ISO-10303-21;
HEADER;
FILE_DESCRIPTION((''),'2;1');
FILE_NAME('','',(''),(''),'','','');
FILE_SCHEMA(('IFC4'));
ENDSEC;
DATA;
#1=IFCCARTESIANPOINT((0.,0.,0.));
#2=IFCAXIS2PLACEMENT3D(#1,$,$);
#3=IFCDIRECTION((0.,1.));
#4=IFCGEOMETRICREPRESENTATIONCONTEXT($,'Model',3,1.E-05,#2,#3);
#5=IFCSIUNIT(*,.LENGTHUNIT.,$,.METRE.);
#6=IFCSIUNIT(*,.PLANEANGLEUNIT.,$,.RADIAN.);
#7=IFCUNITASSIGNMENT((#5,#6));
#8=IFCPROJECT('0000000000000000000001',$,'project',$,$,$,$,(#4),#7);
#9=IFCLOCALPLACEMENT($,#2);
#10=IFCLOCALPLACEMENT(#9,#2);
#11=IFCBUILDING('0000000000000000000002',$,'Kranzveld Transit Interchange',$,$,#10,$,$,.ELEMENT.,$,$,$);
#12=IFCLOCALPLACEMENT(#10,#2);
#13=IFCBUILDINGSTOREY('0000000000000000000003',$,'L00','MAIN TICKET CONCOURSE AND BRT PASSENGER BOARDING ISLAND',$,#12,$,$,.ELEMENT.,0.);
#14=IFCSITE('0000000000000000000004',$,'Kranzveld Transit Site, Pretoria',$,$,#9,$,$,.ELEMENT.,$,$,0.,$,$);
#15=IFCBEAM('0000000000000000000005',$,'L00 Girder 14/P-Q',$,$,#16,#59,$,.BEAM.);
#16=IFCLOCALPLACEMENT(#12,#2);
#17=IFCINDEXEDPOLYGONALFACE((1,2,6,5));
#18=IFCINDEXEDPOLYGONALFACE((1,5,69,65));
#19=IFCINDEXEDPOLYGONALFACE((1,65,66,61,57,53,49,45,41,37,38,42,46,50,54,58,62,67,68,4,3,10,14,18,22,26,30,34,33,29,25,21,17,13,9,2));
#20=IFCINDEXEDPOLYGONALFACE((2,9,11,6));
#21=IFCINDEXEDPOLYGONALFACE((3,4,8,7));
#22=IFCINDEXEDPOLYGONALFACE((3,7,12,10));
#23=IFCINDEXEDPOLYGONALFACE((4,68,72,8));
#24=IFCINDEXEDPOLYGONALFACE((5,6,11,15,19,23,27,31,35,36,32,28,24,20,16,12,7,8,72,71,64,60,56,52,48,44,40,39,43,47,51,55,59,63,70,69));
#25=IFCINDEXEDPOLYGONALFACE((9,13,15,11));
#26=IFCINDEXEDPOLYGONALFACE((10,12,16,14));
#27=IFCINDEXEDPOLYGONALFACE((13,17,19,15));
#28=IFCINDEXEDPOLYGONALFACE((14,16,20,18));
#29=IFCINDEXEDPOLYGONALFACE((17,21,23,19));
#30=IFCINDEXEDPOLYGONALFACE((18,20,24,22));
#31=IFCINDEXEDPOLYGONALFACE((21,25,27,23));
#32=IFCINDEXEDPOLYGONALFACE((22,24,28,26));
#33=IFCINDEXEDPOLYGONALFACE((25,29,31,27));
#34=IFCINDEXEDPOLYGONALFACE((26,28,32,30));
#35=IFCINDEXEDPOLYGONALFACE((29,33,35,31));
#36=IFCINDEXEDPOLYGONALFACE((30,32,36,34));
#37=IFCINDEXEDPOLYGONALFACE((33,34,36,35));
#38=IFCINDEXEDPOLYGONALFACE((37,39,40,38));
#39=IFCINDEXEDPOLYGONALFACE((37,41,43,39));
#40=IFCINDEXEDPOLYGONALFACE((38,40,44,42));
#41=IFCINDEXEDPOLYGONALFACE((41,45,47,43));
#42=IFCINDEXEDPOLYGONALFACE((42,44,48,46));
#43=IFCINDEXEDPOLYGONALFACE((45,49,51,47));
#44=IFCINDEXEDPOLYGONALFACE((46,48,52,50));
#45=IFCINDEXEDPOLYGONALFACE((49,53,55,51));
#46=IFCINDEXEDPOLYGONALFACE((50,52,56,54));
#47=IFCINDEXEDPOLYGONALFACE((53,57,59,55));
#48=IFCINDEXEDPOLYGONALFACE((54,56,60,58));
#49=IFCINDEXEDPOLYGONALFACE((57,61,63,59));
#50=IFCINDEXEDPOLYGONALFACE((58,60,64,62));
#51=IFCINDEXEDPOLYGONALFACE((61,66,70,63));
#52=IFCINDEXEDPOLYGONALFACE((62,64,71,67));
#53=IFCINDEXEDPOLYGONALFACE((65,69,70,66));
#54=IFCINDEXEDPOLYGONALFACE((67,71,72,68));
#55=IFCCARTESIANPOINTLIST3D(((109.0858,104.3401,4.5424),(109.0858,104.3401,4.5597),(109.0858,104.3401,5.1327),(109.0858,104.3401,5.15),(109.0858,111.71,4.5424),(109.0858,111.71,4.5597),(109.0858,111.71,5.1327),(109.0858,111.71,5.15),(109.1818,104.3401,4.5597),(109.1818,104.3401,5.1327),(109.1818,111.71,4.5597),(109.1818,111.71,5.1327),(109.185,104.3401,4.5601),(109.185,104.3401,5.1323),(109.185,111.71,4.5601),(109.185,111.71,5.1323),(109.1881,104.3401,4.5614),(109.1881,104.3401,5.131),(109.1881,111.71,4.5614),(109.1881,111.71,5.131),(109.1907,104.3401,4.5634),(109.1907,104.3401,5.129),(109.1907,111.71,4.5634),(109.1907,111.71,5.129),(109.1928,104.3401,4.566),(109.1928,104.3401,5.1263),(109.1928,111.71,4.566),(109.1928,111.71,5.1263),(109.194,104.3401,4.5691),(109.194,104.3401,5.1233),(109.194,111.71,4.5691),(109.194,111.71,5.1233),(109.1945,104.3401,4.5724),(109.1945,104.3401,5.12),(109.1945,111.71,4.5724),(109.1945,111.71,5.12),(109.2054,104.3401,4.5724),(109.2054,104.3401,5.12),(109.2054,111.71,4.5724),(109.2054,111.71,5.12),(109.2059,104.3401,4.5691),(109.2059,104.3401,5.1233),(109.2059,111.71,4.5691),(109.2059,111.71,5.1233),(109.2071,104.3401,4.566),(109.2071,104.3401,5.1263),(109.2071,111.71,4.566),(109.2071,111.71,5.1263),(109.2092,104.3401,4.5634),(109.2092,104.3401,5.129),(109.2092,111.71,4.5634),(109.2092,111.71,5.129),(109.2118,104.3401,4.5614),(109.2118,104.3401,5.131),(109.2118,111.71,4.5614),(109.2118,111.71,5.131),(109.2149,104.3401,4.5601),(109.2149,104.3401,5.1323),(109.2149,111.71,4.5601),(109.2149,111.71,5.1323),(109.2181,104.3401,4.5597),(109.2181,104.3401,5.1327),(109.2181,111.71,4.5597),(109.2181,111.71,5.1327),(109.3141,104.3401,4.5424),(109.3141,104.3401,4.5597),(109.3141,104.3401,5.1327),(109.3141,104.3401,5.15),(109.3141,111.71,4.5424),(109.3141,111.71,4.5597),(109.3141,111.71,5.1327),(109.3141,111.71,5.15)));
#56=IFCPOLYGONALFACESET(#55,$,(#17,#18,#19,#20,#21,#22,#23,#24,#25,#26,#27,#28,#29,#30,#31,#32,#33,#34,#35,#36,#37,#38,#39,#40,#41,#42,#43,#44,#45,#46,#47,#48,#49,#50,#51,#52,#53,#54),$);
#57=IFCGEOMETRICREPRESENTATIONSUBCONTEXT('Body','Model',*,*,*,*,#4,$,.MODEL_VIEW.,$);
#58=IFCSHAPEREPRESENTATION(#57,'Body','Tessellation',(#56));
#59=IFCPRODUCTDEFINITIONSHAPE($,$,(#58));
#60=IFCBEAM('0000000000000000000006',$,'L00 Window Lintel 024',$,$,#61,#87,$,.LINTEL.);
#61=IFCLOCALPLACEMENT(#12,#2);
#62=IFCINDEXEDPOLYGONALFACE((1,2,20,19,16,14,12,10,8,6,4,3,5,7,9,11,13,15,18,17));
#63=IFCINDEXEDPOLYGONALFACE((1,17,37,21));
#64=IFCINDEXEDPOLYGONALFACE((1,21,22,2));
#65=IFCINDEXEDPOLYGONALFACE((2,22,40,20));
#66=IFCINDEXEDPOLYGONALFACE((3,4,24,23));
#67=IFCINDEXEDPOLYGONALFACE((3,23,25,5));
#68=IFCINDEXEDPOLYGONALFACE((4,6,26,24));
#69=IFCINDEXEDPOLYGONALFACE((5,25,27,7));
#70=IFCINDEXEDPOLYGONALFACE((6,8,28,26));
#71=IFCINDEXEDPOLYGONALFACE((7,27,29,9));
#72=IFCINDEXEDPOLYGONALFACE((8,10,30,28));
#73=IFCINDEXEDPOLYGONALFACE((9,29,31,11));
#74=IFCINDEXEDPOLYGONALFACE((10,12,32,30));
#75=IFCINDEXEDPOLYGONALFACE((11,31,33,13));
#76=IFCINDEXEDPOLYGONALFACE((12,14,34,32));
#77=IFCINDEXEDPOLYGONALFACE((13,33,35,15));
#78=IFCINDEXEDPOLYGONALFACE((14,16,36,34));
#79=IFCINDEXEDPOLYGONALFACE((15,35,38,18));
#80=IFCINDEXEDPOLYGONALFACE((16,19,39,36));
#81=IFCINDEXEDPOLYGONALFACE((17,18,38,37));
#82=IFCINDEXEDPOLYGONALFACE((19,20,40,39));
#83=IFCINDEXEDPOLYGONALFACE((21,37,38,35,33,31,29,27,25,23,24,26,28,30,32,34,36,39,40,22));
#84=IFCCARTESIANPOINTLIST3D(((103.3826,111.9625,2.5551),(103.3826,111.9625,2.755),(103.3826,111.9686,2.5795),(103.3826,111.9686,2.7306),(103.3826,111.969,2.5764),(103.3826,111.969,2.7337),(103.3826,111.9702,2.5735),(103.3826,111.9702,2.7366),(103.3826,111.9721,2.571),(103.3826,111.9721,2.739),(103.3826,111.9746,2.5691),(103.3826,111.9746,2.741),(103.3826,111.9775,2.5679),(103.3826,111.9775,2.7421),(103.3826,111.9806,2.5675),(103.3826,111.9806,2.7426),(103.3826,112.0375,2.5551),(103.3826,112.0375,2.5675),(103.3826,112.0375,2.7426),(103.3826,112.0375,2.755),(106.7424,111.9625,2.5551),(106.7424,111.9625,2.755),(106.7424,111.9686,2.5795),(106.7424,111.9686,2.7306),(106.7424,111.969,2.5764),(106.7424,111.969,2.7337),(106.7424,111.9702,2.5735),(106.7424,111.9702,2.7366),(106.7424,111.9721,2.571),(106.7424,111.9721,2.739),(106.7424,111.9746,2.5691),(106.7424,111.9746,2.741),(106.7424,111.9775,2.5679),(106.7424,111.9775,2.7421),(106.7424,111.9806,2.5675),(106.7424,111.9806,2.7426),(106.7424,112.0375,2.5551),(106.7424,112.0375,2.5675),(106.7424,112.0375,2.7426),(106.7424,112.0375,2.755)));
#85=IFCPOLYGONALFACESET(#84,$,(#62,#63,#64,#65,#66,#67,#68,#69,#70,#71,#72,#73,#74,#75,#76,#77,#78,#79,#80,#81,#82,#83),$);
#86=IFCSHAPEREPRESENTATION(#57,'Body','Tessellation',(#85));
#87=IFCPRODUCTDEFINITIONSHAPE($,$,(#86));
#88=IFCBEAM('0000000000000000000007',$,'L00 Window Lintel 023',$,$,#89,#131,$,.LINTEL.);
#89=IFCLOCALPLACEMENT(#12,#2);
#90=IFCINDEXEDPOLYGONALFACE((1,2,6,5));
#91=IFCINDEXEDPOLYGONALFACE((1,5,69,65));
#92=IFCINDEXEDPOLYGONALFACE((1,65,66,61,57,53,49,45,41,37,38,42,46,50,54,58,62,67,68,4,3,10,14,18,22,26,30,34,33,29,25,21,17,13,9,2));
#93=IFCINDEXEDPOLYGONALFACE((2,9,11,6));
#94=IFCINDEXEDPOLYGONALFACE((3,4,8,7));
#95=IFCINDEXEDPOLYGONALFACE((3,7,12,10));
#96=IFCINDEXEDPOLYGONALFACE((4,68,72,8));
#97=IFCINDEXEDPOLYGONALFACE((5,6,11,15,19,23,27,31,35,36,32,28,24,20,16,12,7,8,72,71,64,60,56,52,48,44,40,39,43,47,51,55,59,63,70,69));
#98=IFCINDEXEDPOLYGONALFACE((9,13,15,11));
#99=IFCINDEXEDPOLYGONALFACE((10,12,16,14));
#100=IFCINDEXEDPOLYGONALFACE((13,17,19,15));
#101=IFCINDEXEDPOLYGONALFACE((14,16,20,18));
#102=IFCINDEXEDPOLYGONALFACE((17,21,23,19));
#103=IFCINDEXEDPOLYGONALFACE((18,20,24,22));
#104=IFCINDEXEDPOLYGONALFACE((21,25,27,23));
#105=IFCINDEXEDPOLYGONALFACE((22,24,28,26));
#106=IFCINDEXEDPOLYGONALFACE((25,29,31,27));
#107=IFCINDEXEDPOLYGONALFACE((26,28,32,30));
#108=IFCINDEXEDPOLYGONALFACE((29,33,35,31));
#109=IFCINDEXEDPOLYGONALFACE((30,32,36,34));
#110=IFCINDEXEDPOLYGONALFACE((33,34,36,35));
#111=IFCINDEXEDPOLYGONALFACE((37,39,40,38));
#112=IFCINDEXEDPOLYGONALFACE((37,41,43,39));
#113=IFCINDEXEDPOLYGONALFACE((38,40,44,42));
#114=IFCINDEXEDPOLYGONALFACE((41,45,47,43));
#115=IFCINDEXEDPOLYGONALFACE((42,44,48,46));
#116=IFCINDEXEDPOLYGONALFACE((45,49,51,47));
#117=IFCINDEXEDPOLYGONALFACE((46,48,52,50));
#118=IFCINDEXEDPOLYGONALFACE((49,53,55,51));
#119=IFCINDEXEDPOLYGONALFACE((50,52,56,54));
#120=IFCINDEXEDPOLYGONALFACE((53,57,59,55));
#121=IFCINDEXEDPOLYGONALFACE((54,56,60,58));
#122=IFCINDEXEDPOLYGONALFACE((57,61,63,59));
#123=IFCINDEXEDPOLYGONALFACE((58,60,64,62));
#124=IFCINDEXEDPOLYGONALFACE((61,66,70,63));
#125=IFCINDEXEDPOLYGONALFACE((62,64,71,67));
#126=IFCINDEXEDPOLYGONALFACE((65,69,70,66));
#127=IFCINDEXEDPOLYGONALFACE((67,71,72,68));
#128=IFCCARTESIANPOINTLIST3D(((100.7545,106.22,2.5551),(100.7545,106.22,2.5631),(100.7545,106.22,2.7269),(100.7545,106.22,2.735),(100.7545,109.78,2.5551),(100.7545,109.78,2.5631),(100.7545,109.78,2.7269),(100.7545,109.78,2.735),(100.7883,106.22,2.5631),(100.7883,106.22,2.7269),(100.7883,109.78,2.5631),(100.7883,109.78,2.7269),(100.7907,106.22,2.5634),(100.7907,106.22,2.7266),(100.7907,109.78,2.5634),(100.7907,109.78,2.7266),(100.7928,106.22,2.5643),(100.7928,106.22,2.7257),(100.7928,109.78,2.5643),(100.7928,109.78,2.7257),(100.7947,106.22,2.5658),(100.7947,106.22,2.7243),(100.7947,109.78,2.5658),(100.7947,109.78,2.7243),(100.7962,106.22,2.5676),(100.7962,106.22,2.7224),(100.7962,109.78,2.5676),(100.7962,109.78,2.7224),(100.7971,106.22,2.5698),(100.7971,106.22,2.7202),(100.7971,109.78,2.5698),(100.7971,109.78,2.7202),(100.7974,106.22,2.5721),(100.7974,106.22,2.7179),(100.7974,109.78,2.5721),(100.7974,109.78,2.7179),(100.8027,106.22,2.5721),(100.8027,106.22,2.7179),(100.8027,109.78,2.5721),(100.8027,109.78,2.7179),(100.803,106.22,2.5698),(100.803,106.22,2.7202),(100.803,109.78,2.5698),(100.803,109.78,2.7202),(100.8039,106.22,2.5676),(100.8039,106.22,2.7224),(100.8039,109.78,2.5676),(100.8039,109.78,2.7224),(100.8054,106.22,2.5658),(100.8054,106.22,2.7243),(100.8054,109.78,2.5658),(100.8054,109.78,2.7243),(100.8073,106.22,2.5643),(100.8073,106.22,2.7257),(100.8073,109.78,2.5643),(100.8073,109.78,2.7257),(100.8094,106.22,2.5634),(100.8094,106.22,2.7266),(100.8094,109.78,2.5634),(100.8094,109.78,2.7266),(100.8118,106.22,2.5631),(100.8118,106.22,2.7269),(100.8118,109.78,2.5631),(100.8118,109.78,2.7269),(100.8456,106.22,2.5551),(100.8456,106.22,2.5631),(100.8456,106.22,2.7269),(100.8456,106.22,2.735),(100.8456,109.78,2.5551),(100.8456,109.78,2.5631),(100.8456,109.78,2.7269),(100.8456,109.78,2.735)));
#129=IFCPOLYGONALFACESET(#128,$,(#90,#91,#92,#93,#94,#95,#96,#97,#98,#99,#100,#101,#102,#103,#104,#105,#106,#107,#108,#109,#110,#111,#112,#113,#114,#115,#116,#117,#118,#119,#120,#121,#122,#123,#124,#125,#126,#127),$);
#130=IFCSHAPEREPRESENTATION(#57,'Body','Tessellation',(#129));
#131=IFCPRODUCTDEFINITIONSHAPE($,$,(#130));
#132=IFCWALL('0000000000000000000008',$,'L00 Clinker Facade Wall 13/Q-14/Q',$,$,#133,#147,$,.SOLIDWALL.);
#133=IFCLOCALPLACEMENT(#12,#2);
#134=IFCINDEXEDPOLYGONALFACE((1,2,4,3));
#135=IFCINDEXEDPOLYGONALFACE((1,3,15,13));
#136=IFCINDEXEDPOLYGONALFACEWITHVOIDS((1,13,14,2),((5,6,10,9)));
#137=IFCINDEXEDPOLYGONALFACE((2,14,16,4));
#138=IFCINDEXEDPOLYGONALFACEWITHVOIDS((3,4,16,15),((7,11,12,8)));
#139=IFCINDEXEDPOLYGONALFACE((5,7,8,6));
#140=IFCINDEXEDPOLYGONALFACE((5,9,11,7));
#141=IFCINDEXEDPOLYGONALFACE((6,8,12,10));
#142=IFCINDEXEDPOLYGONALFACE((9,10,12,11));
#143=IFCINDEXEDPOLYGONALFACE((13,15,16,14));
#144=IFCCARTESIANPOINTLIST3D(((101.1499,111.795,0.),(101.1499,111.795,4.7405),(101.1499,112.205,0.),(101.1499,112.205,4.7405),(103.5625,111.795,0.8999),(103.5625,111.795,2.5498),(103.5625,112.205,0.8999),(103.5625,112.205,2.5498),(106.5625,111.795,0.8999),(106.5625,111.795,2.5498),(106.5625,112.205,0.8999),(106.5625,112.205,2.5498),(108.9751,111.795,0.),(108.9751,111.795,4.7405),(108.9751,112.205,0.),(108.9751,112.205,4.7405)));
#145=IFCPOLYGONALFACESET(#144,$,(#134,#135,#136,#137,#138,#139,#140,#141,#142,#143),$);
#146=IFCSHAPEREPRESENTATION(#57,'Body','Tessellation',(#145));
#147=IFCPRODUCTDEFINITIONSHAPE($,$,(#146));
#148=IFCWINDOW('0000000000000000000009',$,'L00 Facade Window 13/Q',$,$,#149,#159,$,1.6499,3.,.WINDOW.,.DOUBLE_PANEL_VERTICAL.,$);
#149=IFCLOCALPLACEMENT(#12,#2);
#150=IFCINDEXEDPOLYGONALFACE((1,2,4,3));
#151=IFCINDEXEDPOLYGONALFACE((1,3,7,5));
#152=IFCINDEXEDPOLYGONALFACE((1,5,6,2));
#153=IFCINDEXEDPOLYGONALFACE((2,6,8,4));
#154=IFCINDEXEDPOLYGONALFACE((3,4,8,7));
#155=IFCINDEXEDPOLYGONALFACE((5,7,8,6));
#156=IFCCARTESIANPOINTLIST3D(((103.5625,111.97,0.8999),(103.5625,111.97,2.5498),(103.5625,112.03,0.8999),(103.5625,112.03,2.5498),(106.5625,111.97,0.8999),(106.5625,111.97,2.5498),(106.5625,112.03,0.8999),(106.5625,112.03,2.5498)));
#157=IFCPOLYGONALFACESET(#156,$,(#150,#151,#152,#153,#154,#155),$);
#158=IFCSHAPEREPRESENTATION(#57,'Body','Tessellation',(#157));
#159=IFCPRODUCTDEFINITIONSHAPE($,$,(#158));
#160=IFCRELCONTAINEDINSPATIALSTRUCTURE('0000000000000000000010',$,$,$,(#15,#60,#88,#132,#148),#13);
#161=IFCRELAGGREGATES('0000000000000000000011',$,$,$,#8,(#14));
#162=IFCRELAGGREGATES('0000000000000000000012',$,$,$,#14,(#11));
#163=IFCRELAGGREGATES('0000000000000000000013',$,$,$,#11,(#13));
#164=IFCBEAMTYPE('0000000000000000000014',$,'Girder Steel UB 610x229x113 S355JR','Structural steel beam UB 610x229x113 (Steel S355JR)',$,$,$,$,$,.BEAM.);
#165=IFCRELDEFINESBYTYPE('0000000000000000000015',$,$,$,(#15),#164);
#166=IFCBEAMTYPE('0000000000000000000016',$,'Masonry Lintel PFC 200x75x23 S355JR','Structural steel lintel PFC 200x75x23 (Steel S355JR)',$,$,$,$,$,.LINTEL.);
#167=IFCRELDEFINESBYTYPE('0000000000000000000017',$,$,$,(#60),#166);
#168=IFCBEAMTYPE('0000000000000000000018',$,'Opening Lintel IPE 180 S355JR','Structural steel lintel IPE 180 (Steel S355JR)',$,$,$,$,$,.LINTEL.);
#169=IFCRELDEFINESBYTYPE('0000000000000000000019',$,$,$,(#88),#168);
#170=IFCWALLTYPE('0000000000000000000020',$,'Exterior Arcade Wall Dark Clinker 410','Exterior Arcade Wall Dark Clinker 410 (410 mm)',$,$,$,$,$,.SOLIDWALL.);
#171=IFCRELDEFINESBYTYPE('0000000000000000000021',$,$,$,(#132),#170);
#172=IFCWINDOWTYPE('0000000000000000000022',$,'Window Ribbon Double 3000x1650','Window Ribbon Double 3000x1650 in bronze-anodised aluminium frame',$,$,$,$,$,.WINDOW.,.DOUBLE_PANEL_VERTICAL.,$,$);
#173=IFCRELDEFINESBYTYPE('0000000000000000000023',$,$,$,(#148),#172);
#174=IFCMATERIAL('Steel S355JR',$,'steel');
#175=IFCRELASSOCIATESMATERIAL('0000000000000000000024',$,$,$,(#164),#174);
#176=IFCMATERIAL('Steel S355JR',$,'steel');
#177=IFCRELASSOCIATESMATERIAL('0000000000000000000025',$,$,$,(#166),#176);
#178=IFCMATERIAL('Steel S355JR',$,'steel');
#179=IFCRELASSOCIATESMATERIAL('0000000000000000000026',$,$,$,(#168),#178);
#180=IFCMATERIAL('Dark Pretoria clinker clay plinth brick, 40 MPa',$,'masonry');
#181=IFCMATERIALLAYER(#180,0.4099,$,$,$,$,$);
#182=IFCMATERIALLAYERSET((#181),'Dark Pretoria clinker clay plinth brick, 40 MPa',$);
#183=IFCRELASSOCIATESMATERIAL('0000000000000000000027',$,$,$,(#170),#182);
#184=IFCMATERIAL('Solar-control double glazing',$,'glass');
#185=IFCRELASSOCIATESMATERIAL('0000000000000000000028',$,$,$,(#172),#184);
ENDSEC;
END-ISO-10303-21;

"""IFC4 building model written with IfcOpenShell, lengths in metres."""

from ifc_helpers import new_model, si_unit, direction, frame, frame_2d, origin, origin_2d, place, context, subcontext, project, spatial, rectangle, i_section, u_section, extrude, material, layer, layer_set, material_profile, profile_set, type_object, element, fill, save


model = new_model("IFC4")

# Units and contexts
model_context = context("Model", 3, precision=1e-05, world=origin(), true_north=direction((0.0, 1.0)))
body_context = subcontext(model_context, "Body", "Model", "MODEL_VIEW")
ifc_project = project(units=[si_unit("LENGTHUNIT", "METRE"), si_unit("PLANEANGLEUNIT", "RADIAN")], contexts=[model_context])

# Site, building, storey
site_placement = place(None, origin())
site = spatial("IfcSite", under=ifc_project, at=site_placement, Name="Kranzveld Transit Site, Pretoria", CompositionType="ELEMENT", RefElevation=0.0)
building_placement = place(site_placement, origin())
building = spatial("IfcBuilding", under=site, at=building_placement, Name="Kranzveld Transit Interchange", CompositionType="ELEMENT")
storey_placement = place(building_placement, origin())
storey = spatial("IfcBuildingStorey", under=building, at=storey_placement, Name="L00", Description="MAIN TICKET CONCOURSE AND BRT PASSENGER BOARDING ISLAND", CompositionType="ELEMENT", Elevation=0.0)

# Beams
ifc_material_1 = material(Name="Steel S355JR", Category="steel")
ifc_material_profile_1 = material_profile(ifc_material_1, i_section(OverallWidth=0.2283, OverallDepth=0.6077, WebThickness=0.011, FlangeThickness=0.0173, FilletRadius=0.0127, at=origin_2d()), Name="UB 610x229x113")
ifc_profile_set_1 = profile_set([ifc_material_profile_1], Name="Steel S355JR")
beam_type_1 = type_object("IfcBeamType", Name="Girder Steel UB 610x229x113 S355JR", Description="Structural steel beam UB 610x229x113 (Steel S355JR)", PredefinedType="BEAM", material=ifc_profile_set_1)
beam_1_placement = place(storey_placement, frame((109.2, 104.3401, 4.8462), z_axis=(0.0, 1.0, 0.0), x_axis=(-1.0, 0.0, 0.0)))
element("IfcBeam", 1, at=beam_1_placement, inside=storey, type_object=beam_type_1, Name="L00 Girder 14/P-Q", PredefinedType="BEAM", context=body_context, shape_type="SweptSolid", body=[
    extrude(i_section(OverallWidth=0.2283, OverallDepth=0.6077, WebThickness=0.011, FlangeThickness=0.0173, FilletRadius=0.0127, at=origin_2d()), origin(), (0.0, 0.0, 1.0), 7.3699),
])
ifc_material_2 = material(Name="Steel S355JR", Category="steel")
ifc_material_profile_2 = material_profile(ifc_material_2, u_section(Depth=0.2, FlangeWidth=0.075, WebThickness=0.0061, FlangeThickness=0.0125, FilletRadius=0.012, at=origin_2d()), Name="PFC 200x75x23")
ifc_profile_set_2 = profile_set([ifc_material_profile_2], Name="Steel S355JR")
beam_type_2 = type_object("IfcBeamType", Name="Masonry Lintel PFC 200x75x23 S355JR", Description="Structural steel lintel PFC 200x75x23 (Steel S355JR)", PredefinedType="LINTEL", material=ifc_profile_set_2)
beam_2_placement = place(storey_placement, frame((103.3826, 112.0, 2.655), z_axis=(1.0, 0.0, 0.0), x_axis=(0.0, 1.0, 0.0)))
element("IfcBeam", 2, at=beam_2_placement, inside=storey, type_object=beam_type_2, Name="L00 Window Lintel 024", PredefinedType="LINTEL", context=body_context, shape_type="SweptSolid", body=[
    extrude(u_section(Depth=0.2, FlangeWidth=0.075, WebThickness=0.0061, FlangeThickness=0.0125, FilletRadius=0.012, at=origin_2d()), origin(), (0.0, 0.0, 1.0), 3.3599),
])
ifc_material_3 = material(Name="Steel S355JR", Category="steel")
ifc_material_profile_3 = material_profile(ifc_material_3, i_section(OverallWidth=0.0911, OverallDepth=0.1799, WebThickness=0.0054, FlangeThickness=0.0081, FilletRadius=0.009, at=origin_2d()), Name="IPE 180")
ifc_profile_set_3 = profile_set([ifc_material_profile_3], Name="Steel S355JR")
beam_type_3 = type_object("IfcBeamType", Name="Opening Lintel IPE 180 S355JR", Description="Structural steel lintel IPE 180 (Steel S355JR)", PredefinedType="LINTEL", material=ifc_profile_set_3)
beam_3_placement = place(storey_placement, frame((100.8, 106.22, 2.645), z_axis=(0.0, 1.0, 0.0), x_axis=(-1.0, 0.0, 0.0)))
element("IfcBeam", 3, at=beam_3_placement, inside=storey, type_object=beam_type_3, Name="L00 Window Lintel 023", PredefinedType="LINTEL", context=body_context, shape_type="SweptSolid", body=[
    extrude(i_section(OverallWidth=0.0911, OverallDepth=0.1799, WebThickness=0.0054, FlangeThickness=0.0081, FilletRadius=0.009, at=origin_2d()), origin(), (0.0, 0.0, 1.0), 3.5601),
])

# Wall, opening, window
ifc_material_4 = material(Name="Dark Pretoria clinker clay plinth brick, 40 MPa", Category="masonry")
ifc_layer_1 = layer(ifc_material_4, 0.4099)
ifc_layer_set_1 = layer_set([ifc_layer_1], Name="Dark Pretoria clinker clay plinth brick, 40 MPa")
wall_type_1 = type_object("IfcWallType", Name="Exterior Arcade Wall Dark Clinker 410", Description="Exterior Arcade Wall Dark Clinker 410 (410 mm)", PredefinedType="SOLIDWALL", material=ifc_layer_set_1)
wall_1_placement = place(storey_placement, frame((101.1499, 112.0, 0.0), z_axis=(0.0, 0.0, 1.0), x_axis=(1.0, 0.0, 0.0)))
wall_1 = element("IfcWall", 4, at=wall_1_placement, inside=storey, type_object=wall_type_1, Name="L00 Clinker Facade Wall 13/Q-14/Q", PredefinedType="SOLIDWALL", context=body_context, shape_type="SweptSolid", body=[
    extrude(rectangle(XDim=7.8252, YDim=0.4099, at=frame_2d((3.9126, 0.0))), origin(), (0.0, 0.0, 1.0), 4.7405),
])
opening_1_placement = place(wall_1_placement, frame((2.4126, 0.0, 0.8999), z_axis=(0.0, 0.0, 1.0), x_axis=(1.0, 0.0, 0.0)))
opening_1 = element("IfcOpeningElement", 5, at=opening_1_placement, cuts=wall_1, PredefinedType="OPENING", context=body_context, shape_type="SweptSolid", body=[
    extrude(rectangle(XDim=3.0, YDim=1.6499, at=frame_2d((1.5, 0.825))), frame((0.0, 0.2148, 0.0), z_axis=(0.0, -1.0, 0.0), x_axis=(1.0, 0.0, 0.0)), (0.0, 0.0, 1.0), 0.4299),
])
ifc_material_5 = material(Name="Solar-control double glazing", Category="glass")
window_type_1 = type_object("IfcWindowType", Name="Window Ribbon Double 3000x1650", Description="Window Ribbon Double 3000x1650 in bronze-anodised aluminium frame", PartitioningType="DOUBLE_PANEL_VERTICAL", PredefinedType="WINDOW", material=ifc_material_5)
window_1_placement = place(opening_1_placement, origin())
window_1 = element("IfcWindow", 6, at=window_1_placement, inside=storey, type_object=window_type_1, Name="L00 Facade Window 13/Q", OverallHeight=1.6499, OverallWidth=3.0, PartitioningType="DOUBLE_PANEL_VERTICAL", PredefinedType="WINDOW", context=body_context, shape_type="SweptSolid", body=[
    extrude(rectangle(XDim=3.0, YDim=1.6499, at=frame_2d((1.5, 0.825))), frame((0.0, 0.03, 0.0), z_axis=(0.0, -1.0, 0.0), x_axis=(1.0, 0.0, 0.0)), (0.0, 0.0, 1.0), 0.0601),
])
fill(opening_1, window_1)

save(model, "model.ifc")
